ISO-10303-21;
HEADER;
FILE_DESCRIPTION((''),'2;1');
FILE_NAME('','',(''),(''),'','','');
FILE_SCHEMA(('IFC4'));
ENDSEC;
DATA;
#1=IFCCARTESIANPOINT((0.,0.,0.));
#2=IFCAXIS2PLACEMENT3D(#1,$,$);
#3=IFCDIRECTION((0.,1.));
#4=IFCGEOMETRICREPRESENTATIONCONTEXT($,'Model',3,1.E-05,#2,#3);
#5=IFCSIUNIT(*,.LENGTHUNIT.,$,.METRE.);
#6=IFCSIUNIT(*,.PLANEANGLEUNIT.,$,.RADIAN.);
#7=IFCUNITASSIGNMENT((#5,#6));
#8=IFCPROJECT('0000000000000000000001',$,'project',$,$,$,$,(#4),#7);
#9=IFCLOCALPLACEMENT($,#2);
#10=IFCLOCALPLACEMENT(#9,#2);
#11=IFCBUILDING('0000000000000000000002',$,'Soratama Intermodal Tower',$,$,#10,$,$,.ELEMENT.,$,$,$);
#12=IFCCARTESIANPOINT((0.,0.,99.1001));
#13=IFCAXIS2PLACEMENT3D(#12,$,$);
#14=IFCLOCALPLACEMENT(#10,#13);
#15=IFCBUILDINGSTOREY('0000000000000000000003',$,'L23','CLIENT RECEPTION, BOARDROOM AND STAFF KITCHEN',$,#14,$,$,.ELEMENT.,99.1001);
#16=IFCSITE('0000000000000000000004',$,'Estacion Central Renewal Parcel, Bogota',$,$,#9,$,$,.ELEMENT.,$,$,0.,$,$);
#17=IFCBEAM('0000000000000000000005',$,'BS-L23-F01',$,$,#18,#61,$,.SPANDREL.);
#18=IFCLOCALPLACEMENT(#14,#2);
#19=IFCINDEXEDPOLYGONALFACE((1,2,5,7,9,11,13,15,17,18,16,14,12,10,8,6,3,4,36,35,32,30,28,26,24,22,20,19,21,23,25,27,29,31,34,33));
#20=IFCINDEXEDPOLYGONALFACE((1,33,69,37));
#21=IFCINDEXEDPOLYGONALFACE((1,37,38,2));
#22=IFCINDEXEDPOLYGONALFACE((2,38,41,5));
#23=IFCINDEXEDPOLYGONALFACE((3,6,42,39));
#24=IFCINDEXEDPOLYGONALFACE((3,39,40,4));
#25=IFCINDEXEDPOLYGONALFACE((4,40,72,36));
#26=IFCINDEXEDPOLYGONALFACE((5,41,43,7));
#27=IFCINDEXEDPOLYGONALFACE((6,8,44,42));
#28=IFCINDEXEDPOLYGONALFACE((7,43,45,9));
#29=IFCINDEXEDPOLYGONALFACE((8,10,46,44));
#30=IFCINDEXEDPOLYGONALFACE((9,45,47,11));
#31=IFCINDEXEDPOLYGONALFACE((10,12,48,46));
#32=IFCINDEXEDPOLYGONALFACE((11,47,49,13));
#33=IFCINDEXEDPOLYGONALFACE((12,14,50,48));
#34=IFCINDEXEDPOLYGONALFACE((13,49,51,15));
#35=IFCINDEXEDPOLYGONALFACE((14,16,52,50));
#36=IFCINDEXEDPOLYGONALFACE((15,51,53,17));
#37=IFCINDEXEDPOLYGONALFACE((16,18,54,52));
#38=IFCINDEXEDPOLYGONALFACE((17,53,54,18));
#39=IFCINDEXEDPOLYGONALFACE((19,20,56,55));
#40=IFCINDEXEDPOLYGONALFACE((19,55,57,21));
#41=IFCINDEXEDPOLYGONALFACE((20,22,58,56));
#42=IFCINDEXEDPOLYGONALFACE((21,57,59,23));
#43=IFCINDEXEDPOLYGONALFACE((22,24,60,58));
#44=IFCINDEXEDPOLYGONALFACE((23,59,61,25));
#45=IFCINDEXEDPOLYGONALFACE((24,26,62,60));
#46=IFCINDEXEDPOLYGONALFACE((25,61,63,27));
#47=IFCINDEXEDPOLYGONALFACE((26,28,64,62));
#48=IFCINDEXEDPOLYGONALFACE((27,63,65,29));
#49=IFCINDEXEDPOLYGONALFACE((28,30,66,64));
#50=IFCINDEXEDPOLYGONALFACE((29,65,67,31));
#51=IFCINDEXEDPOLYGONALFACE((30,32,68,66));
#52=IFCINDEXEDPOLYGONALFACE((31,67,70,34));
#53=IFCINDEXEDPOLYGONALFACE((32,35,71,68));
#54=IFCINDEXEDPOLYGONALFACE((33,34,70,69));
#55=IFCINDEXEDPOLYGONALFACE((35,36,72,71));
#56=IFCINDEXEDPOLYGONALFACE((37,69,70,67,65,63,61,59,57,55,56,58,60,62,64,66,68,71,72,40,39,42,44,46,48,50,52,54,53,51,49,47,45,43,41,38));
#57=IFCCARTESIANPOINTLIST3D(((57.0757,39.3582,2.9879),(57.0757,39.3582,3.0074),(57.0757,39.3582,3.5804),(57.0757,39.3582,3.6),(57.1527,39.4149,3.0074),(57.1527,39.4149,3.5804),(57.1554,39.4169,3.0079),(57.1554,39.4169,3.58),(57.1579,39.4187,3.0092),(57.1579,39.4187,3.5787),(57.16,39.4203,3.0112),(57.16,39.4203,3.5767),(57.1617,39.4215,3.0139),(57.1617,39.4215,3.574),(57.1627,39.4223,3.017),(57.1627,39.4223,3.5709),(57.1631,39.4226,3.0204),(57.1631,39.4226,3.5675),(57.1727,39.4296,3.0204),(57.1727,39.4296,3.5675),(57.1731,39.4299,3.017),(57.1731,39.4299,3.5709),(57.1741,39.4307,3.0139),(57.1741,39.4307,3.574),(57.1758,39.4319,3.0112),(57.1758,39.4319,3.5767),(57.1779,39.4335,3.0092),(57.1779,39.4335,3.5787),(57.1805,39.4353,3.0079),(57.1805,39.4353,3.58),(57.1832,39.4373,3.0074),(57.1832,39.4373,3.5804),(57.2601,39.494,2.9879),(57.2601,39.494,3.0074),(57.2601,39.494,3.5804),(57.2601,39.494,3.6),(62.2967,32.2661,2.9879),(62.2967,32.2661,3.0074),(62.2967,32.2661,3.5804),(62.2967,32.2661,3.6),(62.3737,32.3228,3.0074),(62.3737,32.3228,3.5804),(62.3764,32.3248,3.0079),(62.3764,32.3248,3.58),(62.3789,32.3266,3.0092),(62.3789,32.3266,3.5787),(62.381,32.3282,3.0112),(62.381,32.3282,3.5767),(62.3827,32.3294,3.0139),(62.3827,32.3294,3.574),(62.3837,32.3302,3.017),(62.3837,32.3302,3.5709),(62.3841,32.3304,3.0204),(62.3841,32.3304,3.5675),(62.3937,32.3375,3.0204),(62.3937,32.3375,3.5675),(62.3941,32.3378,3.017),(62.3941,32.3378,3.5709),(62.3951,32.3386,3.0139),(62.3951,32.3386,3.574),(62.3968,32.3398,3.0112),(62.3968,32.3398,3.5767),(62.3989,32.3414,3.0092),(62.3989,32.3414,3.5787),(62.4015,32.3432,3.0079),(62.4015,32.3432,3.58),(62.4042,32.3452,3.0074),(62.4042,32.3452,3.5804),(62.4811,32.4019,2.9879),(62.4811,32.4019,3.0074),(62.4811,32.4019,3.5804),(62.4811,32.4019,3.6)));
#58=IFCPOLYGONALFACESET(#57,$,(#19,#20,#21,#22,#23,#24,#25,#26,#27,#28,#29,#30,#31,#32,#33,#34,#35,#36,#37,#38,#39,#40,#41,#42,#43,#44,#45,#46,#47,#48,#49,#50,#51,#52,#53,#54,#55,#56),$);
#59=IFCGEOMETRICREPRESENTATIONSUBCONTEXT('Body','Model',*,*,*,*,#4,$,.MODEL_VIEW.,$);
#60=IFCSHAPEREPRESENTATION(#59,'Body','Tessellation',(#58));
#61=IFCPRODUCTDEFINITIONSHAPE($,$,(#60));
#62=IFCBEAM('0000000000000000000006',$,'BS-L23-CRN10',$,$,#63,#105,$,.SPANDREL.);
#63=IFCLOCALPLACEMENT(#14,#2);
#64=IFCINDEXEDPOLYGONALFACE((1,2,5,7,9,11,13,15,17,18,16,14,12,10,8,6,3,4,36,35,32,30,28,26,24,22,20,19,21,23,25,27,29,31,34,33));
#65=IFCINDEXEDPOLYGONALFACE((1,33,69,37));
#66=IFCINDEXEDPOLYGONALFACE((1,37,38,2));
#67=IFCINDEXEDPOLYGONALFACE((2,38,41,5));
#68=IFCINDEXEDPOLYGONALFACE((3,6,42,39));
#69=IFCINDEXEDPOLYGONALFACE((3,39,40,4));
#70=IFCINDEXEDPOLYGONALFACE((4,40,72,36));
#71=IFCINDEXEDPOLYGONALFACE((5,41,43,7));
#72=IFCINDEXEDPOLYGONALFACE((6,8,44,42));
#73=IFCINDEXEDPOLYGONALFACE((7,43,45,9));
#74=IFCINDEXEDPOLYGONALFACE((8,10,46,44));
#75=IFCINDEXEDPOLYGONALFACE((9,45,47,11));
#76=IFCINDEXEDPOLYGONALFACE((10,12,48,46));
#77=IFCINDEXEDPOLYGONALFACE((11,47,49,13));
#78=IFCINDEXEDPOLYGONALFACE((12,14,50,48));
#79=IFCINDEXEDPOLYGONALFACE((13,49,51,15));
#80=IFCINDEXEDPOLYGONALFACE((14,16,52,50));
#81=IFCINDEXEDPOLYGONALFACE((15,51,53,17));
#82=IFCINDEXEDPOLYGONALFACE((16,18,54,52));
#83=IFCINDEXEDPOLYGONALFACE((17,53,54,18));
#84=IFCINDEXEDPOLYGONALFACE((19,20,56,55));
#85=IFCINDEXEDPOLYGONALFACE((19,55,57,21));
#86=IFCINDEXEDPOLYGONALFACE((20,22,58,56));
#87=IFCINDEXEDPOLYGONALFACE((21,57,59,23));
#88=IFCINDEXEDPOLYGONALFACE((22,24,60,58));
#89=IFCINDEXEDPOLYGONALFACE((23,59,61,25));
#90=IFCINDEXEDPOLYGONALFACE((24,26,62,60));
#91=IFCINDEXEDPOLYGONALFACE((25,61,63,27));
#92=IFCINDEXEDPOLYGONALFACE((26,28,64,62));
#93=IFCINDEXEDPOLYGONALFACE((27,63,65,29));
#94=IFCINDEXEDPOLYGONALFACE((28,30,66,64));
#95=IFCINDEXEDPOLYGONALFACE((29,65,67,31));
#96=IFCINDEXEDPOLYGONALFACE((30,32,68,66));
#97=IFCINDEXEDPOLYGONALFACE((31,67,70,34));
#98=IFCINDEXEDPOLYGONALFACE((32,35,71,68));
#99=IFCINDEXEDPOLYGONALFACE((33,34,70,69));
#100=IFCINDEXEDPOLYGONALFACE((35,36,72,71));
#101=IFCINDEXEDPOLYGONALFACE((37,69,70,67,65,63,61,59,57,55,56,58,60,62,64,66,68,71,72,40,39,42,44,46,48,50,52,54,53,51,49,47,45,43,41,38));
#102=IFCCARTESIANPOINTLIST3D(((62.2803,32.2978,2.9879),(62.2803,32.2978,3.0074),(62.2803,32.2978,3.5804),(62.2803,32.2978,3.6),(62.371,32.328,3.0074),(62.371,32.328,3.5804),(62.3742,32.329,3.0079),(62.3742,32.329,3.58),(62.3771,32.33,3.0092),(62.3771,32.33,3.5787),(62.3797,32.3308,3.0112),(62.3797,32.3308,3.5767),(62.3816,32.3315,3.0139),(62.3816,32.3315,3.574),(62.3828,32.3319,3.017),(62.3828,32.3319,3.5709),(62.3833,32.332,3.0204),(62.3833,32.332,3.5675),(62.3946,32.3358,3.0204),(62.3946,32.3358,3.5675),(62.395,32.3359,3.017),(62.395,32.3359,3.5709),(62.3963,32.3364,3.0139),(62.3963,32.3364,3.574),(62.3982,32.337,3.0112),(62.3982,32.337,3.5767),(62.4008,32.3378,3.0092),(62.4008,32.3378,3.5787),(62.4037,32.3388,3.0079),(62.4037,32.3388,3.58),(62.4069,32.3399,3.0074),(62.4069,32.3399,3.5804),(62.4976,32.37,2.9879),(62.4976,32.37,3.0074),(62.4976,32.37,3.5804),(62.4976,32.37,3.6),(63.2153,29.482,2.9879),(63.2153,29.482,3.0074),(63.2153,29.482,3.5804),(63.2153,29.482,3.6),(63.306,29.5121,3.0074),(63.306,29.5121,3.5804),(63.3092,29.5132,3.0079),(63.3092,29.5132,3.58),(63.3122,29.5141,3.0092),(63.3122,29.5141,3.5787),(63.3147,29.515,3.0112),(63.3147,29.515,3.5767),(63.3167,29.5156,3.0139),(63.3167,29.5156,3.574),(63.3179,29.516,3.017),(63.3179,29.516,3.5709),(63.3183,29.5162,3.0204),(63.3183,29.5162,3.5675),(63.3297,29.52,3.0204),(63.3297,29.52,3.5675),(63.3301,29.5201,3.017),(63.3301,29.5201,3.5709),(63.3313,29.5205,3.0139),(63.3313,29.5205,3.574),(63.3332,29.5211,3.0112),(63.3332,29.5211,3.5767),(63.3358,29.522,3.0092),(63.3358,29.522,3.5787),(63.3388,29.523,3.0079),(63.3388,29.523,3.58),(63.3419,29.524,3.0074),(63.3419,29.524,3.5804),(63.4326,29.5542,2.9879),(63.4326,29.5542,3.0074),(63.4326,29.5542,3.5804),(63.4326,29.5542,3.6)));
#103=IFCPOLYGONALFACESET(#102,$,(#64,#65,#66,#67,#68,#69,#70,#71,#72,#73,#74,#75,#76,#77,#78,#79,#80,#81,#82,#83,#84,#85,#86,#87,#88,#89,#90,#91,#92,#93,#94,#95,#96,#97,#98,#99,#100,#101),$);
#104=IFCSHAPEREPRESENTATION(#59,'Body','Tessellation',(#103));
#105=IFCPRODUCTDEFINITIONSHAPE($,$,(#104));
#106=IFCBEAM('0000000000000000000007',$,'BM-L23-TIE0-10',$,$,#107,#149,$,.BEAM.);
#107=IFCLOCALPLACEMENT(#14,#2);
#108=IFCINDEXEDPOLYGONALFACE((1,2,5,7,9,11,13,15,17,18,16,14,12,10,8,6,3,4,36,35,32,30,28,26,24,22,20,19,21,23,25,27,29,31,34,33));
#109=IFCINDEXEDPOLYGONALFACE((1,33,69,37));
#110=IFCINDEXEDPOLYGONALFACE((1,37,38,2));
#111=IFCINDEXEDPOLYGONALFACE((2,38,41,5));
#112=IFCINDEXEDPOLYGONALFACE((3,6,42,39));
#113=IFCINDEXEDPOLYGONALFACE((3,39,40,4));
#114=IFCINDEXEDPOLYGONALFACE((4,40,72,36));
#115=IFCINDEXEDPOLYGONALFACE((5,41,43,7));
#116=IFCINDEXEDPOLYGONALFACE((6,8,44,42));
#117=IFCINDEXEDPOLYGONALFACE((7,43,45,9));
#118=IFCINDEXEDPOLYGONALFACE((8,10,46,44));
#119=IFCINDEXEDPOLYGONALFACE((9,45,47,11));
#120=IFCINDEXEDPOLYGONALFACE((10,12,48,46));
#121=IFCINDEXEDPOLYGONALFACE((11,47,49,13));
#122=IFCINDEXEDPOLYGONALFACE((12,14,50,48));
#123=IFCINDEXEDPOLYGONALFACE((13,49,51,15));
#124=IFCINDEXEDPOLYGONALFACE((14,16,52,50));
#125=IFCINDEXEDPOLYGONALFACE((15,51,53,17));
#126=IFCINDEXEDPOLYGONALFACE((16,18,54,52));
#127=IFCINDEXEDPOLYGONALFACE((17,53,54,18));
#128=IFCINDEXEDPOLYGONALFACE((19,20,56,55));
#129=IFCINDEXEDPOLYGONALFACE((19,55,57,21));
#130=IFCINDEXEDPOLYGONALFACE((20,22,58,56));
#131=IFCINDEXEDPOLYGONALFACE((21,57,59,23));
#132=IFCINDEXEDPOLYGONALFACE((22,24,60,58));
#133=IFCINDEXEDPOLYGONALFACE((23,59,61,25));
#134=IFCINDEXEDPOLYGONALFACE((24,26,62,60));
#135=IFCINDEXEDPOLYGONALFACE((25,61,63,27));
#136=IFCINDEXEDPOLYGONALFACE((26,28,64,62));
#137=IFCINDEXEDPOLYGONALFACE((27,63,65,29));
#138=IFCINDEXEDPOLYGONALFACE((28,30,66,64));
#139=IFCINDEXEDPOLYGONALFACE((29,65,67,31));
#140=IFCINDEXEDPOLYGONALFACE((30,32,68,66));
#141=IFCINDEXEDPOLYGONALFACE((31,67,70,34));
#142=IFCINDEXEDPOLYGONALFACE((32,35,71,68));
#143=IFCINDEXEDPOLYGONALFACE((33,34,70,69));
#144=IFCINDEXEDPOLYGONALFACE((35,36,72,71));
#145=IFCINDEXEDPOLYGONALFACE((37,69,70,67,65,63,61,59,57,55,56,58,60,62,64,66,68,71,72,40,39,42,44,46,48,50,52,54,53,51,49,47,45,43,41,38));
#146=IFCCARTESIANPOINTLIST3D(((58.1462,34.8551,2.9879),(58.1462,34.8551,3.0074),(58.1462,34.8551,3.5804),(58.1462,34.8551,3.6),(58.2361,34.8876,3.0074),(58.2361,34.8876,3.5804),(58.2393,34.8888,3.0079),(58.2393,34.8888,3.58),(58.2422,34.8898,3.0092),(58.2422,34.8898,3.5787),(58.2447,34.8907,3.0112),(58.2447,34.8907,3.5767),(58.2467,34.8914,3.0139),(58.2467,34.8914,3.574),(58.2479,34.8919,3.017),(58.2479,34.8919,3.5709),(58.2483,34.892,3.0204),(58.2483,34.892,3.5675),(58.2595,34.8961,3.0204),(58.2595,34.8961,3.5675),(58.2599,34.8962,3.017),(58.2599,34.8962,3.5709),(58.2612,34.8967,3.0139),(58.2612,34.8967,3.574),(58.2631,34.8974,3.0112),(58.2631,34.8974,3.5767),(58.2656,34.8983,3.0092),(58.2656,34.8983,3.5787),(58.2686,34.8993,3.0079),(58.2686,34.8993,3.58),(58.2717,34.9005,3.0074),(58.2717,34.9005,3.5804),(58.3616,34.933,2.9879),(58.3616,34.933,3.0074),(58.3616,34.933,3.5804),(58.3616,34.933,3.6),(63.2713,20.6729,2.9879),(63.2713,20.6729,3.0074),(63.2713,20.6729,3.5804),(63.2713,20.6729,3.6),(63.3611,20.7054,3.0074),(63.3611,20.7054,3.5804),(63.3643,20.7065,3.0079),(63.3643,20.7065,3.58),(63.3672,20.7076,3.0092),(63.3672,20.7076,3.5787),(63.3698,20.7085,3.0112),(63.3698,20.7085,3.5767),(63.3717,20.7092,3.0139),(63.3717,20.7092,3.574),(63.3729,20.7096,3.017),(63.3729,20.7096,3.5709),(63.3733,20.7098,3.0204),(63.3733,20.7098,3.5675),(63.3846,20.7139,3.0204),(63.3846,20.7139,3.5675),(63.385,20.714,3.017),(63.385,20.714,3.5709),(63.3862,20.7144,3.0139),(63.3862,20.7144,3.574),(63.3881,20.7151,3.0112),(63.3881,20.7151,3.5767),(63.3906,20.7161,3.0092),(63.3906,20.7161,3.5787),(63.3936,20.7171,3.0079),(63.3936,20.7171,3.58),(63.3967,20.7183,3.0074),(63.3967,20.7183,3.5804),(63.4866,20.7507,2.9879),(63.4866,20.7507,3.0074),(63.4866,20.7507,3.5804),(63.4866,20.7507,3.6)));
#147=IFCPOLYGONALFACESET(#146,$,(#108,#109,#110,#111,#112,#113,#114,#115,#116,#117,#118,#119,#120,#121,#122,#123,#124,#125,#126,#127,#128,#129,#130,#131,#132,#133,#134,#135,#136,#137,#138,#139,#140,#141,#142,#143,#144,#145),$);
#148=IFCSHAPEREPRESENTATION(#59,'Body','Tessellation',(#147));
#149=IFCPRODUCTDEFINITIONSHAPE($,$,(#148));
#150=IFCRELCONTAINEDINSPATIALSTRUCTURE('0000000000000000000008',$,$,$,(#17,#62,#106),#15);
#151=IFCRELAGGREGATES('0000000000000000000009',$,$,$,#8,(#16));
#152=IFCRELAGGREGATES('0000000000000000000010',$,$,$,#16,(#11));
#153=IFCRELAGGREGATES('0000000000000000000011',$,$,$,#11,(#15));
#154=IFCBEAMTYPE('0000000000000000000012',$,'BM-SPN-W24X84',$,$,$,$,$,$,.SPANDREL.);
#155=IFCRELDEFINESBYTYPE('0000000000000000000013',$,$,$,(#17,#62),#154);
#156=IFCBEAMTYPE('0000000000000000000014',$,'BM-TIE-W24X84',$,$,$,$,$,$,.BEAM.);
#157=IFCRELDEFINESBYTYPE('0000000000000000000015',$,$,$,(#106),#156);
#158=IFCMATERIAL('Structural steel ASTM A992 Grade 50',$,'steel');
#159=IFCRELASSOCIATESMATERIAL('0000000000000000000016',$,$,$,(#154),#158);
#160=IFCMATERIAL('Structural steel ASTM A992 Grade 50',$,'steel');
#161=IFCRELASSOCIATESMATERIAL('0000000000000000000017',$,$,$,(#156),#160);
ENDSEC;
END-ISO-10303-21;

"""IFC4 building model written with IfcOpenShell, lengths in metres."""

from ifc_helpers import new_model, si_unit, direction, frame, origin, origin_2d, place, context, subcontext, project, spatial, i_section, extrude, material, material_profile, profile_set, type_object, element, save


model = new_model("IFC4")

# Units and contexts
model_context = context("Model", 3, precision=1e-05, world=origin(), true_north=direction((0.0, 1.0)))
body_context = subcontext(model_context, "Body", "Model", "MODEL_VIEW")
ifc_project = project(units=[si_unit("LENGTHUNIT", "METRE"), si_unit("PLANEANGLEUNIT", "RADIAN")], contexts=[model_context])

# Site, building, storey
site_placement = place(None, origin())
site = spatial("IfcSite", under=ifc_project, at=site_placement, Name="Estacion Central Renewal Parcel, Bogota", CompositionType="ELEMENT", RefElevation=0.0)
building_placement = place(site_placement, origin())
building = spatial("IfcBuilding", under=site, at=building_placement, Name="Soratama Intermodal Tower", CompositionType="ELEMENT")
storey_placement = place(building_placement, frame((0.0, 0.0, 99.1001)))
storey = spatial("IfcBuildingStorey", under=building, at=storey_placement, Name="L23", Description="CLIENT RECEPTION, BOARDROOM AND STAFF KITCHEN", CompositionType="ELEMENT", Elevation=99.1001)

# Beams
ifc_material_1 = material(Name="Structural steel ASTM A992 Grade 50", Category="steel")
ifc_material_profile_1 = material_profile(ifc_material_1, i_section(OverallWidth=0.229, OverallDepth=0.6121, WebThickness=0.012, FlangeThickness=0.0195, FilletRadius=0.0129, at=origin_2d()), Name="W24X84")
ifc_profile_set_1 = profile_set([ifc_material_profile_1], Name="Structural steel ASTM A992 Grade 50")
beam_type_1 = type_object("IfcBeamType", Name="BM-SPN-W24X84", PredefinedType="SPANDREL", material=ifc_profile_set_1)
beam_1_placement = place(storey_placement, frame((62.3889, 32.334, 3.2939), z_axis=(-0.592848, 0.805314, 0.0), x_axis=(-0.805314, -0.592848, 0.0)))
element("IfcBeam", 1, at=beam_1_placement, inside=storey, type_object=beam_type_1, Name="BS-L23-F01", PredefinedType="SPANDREL", context=body_context, shape_type="SweptSolid", body=[
    extrude(i_section(OverallWidth=0.229, OverallDepth=0.6121, WebThickness=0.012, FlangeThickness=0.0195, FilletRadius=0.0129, at=origin_2d()), origin(), (0.0, 0.0, 1.0), 8.8066),
])
beam_2_placement = place(storey_placement, frame((63.324, 29.5181, 3.2939), z_axis=(-0.315141, 0.949045, 0.0), x_axis=(-0.949045, -0.315141, 0.0)))
element("IfcBeam", 2, at=beam_2_placement, inside=storey, type_object=beam_type_1, Name="BS-L23-CRN10", PredefinedType="SPANDREL", context=body_context, shape_type="SweptSolid", body=[
    extrude(i_section(OverallWidth=0.229, OverallDepth=0.6121, WebThickness=0.012, FlangeThickness=0.0195, FilletRadius=0.0129, at=origin_2d()), origin(), (0.0, 0.0, 1.0), 2.967),
])
ifc_material_2 = material(Name="Structural steel ASTM A992 Grade 50", Category="steel")
ifc_material_profile_2 = material_profile(ifc_material_2, i_section(OverallWidth=0.229, OverallDepth=0.6121, WebThickness=0.012, FlangeThickness=0.0195, FilletRadius=0.0129, at=origin_2d()), Name="W24X84")
ifc_profile_set_2 = profile_set([ifc_material_profile_2], Name="Structural steel ASTM A992 Grade 50")
beam_type_2 = type_object("IfcBeamType", Name="BM-TIE-W24X84", PredefinedType="BEAM", material=ifc_profile_set_2)
beam_3_placement = place(storey_placement, frame((58.2539, 34.894, 3.2939), z_axis=(0.33986, -0.940476, 0.0), x_axis=(0.940476, 0.33986, 0.0)))
element("IfcBeam", 3, at=beam_3_placement, inside=storey, type_object=beam_type_2, Name="BM-L23-TIE0-10", PredefinedType="BEAM", context=body_context, shape_type="SweptSolid", body=[
    extrude(i_section(OverallWidth=0.229, OverallDepth=0.6121, WebThickness=0.012, FlangeThickness=0.0195, FilletRadius=0.0129, at=origin_2d()), origin(), (0.0, 0.0, 1.0), 15.0798),
])

save(model, "model.ifc")
